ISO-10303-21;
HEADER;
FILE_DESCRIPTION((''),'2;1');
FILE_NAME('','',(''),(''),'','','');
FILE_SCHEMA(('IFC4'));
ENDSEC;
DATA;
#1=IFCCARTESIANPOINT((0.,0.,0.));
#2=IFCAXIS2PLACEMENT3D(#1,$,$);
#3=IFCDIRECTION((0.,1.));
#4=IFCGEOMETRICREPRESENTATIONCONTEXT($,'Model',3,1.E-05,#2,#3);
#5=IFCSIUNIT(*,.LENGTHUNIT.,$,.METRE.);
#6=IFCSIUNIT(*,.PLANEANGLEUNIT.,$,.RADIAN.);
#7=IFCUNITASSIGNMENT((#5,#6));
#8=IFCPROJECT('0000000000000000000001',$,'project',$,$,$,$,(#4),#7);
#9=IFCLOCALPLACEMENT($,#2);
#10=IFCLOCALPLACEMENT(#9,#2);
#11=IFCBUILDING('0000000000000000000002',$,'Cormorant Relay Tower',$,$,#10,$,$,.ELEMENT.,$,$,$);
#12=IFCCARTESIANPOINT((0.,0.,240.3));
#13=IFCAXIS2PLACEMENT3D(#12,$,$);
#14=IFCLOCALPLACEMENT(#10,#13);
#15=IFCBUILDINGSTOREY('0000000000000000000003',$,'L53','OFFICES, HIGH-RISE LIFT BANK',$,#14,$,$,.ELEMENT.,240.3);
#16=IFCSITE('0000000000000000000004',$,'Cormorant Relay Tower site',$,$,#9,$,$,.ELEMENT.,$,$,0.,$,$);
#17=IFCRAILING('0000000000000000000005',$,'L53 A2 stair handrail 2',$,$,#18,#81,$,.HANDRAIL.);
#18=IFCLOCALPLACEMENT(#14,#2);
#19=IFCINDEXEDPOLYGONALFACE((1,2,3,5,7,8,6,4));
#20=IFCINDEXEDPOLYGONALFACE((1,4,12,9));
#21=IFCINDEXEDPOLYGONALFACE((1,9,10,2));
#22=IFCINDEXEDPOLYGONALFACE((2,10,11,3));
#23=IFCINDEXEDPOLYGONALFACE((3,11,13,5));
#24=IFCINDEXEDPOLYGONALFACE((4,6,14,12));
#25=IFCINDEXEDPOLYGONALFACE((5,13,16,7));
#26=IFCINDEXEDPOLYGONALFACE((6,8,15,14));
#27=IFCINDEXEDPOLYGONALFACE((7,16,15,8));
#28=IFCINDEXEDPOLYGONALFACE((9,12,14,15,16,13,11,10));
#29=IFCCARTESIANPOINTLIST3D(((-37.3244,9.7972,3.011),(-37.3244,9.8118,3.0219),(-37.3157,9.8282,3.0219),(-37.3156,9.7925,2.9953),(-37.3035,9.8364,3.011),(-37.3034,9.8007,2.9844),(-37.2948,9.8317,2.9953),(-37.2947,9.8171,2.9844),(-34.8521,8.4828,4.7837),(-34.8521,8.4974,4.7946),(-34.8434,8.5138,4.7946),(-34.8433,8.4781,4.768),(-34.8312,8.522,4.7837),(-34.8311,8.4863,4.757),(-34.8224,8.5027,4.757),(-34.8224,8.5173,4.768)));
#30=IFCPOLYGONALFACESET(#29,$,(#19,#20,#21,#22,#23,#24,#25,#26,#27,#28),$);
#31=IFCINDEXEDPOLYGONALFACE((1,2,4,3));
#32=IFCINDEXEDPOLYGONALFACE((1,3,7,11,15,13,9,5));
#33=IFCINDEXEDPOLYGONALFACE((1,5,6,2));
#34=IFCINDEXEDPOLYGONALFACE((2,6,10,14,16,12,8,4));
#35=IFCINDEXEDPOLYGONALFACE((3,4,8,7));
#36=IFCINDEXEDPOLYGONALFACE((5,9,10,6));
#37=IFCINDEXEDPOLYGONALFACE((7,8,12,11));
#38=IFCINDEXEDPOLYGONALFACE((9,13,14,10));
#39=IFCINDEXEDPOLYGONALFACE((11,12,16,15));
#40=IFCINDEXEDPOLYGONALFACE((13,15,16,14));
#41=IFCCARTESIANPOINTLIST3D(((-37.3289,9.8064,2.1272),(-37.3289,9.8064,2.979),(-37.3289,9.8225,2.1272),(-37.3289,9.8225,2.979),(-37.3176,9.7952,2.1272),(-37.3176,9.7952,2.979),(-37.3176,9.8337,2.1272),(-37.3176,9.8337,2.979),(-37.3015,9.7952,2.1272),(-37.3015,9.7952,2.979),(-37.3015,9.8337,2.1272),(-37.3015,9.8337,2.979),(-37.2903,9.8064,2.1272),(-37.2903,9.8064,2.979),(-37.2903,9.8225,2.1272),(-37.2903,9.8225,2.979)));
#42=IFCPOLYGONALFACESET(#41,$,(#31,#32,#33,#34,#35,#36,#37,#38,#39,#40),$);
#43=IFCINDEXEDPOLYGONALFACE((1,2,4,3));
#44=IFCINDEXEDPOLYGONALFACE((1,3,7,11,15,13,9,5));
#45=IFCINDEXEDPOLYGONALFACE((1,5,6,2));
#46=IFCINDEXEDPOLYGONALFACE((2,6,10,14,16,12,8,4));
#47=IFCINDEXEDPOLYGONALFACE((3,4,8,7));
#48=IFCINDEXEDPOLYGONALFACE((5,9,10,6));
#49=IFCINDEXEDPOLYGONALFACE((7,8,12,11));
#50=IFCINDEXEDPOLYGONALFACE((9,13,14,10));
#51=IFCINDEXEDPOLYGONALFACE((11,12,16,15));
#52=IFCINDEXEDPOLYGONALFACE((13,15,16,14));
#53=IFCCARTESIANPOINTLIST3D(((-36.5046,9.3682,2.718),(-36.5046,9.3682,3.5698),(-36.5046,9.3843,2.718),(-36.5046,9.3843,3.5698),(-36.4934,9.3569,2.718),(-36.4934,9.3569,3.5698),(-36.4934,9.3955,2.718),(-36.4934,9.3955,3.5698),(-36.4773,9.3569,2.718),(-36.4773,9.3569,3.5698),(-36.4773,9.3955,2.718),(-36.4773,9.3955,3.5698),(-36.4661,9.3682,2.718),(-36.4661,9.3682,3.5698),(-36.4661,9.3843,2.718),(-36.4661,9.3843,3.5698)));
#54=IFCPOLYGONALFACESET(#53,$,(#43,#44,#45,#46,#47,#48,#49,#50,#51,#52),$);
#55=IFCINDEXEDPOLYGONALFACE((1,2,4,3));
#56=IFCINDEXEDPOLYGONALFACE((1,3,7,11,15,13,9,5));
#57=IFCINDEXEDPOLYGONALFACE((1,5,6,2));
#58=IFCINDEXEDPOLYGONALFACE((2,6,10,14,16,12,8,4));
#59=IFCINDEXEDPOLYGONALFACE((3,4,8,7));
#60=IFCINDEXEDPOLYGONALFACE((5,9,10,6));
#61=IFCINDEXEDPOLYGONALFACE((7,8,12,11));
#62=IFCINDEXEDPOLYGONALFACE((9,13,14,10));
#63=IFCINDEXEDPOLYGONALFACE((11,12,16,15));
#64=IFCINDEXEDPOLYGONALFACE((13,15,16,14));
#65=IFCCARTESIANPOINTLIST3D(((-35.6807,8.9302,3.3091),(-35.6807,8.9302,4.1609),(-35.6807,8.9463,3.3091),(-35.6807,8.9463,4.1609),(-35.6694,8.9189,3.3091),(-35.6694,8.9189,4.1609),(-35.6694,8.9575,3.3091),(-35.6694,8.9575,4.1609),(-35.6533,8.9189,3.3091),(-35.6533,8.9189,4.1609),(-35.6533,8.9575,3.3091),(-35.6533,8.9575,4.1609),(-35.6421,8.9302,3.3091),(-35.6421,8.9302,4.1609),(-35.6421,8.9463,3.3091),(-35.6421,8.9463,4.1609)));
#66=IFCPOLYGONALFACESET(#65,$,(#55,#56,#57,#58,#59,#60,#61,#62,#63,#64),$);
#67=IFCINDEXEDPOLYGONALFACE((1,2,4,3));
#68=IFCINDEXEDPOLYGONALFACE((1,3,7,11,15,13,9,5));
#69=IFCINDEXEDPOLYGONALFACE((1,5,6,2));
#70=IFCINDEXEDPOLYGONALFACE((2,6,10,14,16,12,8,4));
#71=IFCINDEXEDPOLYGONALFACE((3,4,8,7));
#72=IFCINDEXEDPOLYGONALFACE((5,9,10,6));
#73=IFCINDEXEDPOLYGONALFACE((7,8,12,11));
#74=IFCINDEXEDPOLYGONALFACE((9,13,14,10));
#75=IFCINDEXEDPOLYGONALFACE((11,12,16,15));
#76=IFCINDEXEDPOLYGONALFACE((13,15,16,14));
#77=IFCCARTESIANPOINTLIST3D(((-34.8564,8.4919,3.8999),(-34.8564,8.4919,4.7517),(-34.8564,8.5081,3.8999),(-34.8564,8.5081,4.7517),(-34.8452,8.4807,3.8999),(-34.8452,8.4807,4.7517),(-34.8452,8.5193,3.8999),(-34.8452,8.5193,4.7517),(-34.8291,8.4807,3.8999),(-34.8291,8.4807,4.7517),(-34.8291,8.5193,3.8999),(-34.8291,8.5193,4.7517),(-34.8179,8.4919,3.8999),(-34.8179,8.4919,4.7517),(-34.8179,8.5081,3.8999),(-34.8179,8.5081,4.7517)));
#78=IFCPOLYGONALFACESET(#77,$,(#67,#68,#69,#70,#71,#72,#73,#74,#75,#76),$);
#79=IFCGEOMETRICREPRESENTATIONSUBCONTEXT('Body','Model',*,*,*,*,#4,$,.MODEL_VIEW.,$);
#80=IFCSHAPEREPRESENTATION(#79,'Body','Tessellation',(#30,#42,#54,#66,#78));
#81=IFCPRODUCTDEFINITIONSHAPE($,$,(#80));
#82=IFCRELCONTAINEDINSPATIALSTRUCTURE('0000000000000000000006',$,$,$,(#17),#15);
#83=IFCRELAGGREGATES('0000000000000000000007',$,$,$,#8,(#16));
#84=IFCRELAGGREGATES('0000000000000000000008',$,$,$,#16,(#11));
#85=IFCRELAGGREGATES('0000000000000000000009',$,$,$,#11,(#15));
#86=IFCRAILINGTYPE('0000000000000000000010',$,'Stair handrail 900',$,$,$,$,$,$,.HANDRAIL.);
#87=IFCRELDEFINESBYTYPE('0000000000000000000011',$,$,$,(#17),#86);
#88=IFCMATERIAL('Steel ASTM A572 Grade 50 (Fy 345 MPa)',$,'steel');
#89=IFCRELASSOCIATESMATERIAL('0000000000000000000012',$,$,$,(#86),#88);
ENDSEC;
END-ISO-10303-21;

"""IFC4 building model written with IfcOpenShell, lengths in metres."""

from ifc_helpers import new_model, si_unit, direction, frame, origin, place, context, subcontext, project, spatial, polyline, outline, extrude, material, type_object, element, save


model = new_model("IFC4")

# Units and contexts
model_context = context("Model", 3, precision=1e-05, world=origin(), true_north=direction((0.0, 1.0)))
body_context = subcontext(model_context, "Body", "Model", "MODEL_VIEW")
ifc_project = project(units=[si_unit("LENGTHUNIT", "METRE"), si_unit("PLANEANGLEUNIT", "RADIAN")], contexts=[model_context])

# Site, building, storey
site_placement = place(None, origin())
site = spatial("IfcSite", under=ifc_project, at=site_placement, Name="Cormorant Relay Tower site", CompositionType="ELEMENT", RefElevation=0.0)
building_placement = place(site_placement, origin())
building = spatial("IfcBuilding", under=site, at=building_placement, Name="Cormorant Relay Tower", CompositionType="ELEMENT")
storey_placement = place(building_placement, frame((0.0, 0.0, 240.3)))
storey = spatial("IfcBuildingStorey", under=building, at=storey_placement, Name="L53", Description="OFFICES, HIGH-RISE LIFT BANK", CompositionType="ELEMENT", Elevation=240.3)

# Railing
ifc_material_1 = material(Name="Steel ASTM A572 Grade 50 (Fy 345 MPa)", Category="steel")
railing_type_1 = type_object("IfcRailingType", Name="Stair handrail 900", PredefinedType="HANDRAIL", material=ifc_material_1)
railing_1_placement = place(storey_placement, frame((-37.3096, 9.8145, 2.1272)))
element("IfcRailing", 1, at=railing_1_placement, inside=storey, type_object=railing_type_1, Name="L53 A2 stair handrail 2", PredefinedType="HANDRAIL", context=body_context, shape_type="SweptSolid", body=[
    extrude(outline(polyline([(0.0222, 0.0093), (0.0093, 0.0222), (-0.0093, 0.0222), (-0.0222, 0.0093), (-0.0222, -0.0093), (-0.0093, -0.0222), (0.0093, -0.0222), (0.0222, -0.0093), (0.0222, 0.0093)])), frame((0.0, 0.0, 0.876), z_axis=(0.746034, -0.396627, 0.534902), x_axis=(0.469429, 0.88297, 0.0)), (0.0, 0.0, 1.0), 3.314),
    extrude(outline(polyline([(0.0193, 0.0081), (0.0081, 0.0193), (-0.0081, 0.0193), (-0.0193, 0.0081), (-0.0193, -0.0081), (-0.0081, -0.0193), (0.0081, -0.0193), (0.0193, -0.0081), (0.0193, 0.0081)])), origin(), (0.0, 0.0, 1.0), 0.8518),
    extrude(outline(polyline([(0.0193, 0.0081), (0.0081, 0.0193), (-0.0081, 0.0193), (-0.0193, 0.0081), (-0.0193, -0.0081), (-0.0081, -0.0193), (0.0081, -0.0193), (0.0193, -0.0081), (0.0193, 0.0081)])), frame((0.8242, -0.4382, 0.5908)), (0.0, 0.0, 1.0), 0.8518),
    extrude(outline(polyline([(0.0193, 0.0081), (0.0081, 0.0193), (-0.0081, 0.0193), (-0.0193, 0.0081), (-0.0193, -0.0081), (-0.0081, -0.0193), (0.0081, -0.0193), (0.0193, -0.0081), (0.0193, 0.0081)])), frame((1.6482, -0.8762, 1.1819)), (0.0, 0.0, 1.0), 0.8518),
    extrude(outline(polyline([(0.0193, 0.0081), (0.0081, 0.0193), (-0.0081, 0.0193), (-0.0193, 0.0081), (-0.0193, -0.0081), (-0.0081, -0.0193), (0.0081, -0.0193), (0.0193, -0.0081), (0.0193, 0.0081)])), frame((2.4724, -1.3145, 1.7727)), (0.0, 0.0, 1.0), 0.8518),
])

save(model, "model.ifc")
